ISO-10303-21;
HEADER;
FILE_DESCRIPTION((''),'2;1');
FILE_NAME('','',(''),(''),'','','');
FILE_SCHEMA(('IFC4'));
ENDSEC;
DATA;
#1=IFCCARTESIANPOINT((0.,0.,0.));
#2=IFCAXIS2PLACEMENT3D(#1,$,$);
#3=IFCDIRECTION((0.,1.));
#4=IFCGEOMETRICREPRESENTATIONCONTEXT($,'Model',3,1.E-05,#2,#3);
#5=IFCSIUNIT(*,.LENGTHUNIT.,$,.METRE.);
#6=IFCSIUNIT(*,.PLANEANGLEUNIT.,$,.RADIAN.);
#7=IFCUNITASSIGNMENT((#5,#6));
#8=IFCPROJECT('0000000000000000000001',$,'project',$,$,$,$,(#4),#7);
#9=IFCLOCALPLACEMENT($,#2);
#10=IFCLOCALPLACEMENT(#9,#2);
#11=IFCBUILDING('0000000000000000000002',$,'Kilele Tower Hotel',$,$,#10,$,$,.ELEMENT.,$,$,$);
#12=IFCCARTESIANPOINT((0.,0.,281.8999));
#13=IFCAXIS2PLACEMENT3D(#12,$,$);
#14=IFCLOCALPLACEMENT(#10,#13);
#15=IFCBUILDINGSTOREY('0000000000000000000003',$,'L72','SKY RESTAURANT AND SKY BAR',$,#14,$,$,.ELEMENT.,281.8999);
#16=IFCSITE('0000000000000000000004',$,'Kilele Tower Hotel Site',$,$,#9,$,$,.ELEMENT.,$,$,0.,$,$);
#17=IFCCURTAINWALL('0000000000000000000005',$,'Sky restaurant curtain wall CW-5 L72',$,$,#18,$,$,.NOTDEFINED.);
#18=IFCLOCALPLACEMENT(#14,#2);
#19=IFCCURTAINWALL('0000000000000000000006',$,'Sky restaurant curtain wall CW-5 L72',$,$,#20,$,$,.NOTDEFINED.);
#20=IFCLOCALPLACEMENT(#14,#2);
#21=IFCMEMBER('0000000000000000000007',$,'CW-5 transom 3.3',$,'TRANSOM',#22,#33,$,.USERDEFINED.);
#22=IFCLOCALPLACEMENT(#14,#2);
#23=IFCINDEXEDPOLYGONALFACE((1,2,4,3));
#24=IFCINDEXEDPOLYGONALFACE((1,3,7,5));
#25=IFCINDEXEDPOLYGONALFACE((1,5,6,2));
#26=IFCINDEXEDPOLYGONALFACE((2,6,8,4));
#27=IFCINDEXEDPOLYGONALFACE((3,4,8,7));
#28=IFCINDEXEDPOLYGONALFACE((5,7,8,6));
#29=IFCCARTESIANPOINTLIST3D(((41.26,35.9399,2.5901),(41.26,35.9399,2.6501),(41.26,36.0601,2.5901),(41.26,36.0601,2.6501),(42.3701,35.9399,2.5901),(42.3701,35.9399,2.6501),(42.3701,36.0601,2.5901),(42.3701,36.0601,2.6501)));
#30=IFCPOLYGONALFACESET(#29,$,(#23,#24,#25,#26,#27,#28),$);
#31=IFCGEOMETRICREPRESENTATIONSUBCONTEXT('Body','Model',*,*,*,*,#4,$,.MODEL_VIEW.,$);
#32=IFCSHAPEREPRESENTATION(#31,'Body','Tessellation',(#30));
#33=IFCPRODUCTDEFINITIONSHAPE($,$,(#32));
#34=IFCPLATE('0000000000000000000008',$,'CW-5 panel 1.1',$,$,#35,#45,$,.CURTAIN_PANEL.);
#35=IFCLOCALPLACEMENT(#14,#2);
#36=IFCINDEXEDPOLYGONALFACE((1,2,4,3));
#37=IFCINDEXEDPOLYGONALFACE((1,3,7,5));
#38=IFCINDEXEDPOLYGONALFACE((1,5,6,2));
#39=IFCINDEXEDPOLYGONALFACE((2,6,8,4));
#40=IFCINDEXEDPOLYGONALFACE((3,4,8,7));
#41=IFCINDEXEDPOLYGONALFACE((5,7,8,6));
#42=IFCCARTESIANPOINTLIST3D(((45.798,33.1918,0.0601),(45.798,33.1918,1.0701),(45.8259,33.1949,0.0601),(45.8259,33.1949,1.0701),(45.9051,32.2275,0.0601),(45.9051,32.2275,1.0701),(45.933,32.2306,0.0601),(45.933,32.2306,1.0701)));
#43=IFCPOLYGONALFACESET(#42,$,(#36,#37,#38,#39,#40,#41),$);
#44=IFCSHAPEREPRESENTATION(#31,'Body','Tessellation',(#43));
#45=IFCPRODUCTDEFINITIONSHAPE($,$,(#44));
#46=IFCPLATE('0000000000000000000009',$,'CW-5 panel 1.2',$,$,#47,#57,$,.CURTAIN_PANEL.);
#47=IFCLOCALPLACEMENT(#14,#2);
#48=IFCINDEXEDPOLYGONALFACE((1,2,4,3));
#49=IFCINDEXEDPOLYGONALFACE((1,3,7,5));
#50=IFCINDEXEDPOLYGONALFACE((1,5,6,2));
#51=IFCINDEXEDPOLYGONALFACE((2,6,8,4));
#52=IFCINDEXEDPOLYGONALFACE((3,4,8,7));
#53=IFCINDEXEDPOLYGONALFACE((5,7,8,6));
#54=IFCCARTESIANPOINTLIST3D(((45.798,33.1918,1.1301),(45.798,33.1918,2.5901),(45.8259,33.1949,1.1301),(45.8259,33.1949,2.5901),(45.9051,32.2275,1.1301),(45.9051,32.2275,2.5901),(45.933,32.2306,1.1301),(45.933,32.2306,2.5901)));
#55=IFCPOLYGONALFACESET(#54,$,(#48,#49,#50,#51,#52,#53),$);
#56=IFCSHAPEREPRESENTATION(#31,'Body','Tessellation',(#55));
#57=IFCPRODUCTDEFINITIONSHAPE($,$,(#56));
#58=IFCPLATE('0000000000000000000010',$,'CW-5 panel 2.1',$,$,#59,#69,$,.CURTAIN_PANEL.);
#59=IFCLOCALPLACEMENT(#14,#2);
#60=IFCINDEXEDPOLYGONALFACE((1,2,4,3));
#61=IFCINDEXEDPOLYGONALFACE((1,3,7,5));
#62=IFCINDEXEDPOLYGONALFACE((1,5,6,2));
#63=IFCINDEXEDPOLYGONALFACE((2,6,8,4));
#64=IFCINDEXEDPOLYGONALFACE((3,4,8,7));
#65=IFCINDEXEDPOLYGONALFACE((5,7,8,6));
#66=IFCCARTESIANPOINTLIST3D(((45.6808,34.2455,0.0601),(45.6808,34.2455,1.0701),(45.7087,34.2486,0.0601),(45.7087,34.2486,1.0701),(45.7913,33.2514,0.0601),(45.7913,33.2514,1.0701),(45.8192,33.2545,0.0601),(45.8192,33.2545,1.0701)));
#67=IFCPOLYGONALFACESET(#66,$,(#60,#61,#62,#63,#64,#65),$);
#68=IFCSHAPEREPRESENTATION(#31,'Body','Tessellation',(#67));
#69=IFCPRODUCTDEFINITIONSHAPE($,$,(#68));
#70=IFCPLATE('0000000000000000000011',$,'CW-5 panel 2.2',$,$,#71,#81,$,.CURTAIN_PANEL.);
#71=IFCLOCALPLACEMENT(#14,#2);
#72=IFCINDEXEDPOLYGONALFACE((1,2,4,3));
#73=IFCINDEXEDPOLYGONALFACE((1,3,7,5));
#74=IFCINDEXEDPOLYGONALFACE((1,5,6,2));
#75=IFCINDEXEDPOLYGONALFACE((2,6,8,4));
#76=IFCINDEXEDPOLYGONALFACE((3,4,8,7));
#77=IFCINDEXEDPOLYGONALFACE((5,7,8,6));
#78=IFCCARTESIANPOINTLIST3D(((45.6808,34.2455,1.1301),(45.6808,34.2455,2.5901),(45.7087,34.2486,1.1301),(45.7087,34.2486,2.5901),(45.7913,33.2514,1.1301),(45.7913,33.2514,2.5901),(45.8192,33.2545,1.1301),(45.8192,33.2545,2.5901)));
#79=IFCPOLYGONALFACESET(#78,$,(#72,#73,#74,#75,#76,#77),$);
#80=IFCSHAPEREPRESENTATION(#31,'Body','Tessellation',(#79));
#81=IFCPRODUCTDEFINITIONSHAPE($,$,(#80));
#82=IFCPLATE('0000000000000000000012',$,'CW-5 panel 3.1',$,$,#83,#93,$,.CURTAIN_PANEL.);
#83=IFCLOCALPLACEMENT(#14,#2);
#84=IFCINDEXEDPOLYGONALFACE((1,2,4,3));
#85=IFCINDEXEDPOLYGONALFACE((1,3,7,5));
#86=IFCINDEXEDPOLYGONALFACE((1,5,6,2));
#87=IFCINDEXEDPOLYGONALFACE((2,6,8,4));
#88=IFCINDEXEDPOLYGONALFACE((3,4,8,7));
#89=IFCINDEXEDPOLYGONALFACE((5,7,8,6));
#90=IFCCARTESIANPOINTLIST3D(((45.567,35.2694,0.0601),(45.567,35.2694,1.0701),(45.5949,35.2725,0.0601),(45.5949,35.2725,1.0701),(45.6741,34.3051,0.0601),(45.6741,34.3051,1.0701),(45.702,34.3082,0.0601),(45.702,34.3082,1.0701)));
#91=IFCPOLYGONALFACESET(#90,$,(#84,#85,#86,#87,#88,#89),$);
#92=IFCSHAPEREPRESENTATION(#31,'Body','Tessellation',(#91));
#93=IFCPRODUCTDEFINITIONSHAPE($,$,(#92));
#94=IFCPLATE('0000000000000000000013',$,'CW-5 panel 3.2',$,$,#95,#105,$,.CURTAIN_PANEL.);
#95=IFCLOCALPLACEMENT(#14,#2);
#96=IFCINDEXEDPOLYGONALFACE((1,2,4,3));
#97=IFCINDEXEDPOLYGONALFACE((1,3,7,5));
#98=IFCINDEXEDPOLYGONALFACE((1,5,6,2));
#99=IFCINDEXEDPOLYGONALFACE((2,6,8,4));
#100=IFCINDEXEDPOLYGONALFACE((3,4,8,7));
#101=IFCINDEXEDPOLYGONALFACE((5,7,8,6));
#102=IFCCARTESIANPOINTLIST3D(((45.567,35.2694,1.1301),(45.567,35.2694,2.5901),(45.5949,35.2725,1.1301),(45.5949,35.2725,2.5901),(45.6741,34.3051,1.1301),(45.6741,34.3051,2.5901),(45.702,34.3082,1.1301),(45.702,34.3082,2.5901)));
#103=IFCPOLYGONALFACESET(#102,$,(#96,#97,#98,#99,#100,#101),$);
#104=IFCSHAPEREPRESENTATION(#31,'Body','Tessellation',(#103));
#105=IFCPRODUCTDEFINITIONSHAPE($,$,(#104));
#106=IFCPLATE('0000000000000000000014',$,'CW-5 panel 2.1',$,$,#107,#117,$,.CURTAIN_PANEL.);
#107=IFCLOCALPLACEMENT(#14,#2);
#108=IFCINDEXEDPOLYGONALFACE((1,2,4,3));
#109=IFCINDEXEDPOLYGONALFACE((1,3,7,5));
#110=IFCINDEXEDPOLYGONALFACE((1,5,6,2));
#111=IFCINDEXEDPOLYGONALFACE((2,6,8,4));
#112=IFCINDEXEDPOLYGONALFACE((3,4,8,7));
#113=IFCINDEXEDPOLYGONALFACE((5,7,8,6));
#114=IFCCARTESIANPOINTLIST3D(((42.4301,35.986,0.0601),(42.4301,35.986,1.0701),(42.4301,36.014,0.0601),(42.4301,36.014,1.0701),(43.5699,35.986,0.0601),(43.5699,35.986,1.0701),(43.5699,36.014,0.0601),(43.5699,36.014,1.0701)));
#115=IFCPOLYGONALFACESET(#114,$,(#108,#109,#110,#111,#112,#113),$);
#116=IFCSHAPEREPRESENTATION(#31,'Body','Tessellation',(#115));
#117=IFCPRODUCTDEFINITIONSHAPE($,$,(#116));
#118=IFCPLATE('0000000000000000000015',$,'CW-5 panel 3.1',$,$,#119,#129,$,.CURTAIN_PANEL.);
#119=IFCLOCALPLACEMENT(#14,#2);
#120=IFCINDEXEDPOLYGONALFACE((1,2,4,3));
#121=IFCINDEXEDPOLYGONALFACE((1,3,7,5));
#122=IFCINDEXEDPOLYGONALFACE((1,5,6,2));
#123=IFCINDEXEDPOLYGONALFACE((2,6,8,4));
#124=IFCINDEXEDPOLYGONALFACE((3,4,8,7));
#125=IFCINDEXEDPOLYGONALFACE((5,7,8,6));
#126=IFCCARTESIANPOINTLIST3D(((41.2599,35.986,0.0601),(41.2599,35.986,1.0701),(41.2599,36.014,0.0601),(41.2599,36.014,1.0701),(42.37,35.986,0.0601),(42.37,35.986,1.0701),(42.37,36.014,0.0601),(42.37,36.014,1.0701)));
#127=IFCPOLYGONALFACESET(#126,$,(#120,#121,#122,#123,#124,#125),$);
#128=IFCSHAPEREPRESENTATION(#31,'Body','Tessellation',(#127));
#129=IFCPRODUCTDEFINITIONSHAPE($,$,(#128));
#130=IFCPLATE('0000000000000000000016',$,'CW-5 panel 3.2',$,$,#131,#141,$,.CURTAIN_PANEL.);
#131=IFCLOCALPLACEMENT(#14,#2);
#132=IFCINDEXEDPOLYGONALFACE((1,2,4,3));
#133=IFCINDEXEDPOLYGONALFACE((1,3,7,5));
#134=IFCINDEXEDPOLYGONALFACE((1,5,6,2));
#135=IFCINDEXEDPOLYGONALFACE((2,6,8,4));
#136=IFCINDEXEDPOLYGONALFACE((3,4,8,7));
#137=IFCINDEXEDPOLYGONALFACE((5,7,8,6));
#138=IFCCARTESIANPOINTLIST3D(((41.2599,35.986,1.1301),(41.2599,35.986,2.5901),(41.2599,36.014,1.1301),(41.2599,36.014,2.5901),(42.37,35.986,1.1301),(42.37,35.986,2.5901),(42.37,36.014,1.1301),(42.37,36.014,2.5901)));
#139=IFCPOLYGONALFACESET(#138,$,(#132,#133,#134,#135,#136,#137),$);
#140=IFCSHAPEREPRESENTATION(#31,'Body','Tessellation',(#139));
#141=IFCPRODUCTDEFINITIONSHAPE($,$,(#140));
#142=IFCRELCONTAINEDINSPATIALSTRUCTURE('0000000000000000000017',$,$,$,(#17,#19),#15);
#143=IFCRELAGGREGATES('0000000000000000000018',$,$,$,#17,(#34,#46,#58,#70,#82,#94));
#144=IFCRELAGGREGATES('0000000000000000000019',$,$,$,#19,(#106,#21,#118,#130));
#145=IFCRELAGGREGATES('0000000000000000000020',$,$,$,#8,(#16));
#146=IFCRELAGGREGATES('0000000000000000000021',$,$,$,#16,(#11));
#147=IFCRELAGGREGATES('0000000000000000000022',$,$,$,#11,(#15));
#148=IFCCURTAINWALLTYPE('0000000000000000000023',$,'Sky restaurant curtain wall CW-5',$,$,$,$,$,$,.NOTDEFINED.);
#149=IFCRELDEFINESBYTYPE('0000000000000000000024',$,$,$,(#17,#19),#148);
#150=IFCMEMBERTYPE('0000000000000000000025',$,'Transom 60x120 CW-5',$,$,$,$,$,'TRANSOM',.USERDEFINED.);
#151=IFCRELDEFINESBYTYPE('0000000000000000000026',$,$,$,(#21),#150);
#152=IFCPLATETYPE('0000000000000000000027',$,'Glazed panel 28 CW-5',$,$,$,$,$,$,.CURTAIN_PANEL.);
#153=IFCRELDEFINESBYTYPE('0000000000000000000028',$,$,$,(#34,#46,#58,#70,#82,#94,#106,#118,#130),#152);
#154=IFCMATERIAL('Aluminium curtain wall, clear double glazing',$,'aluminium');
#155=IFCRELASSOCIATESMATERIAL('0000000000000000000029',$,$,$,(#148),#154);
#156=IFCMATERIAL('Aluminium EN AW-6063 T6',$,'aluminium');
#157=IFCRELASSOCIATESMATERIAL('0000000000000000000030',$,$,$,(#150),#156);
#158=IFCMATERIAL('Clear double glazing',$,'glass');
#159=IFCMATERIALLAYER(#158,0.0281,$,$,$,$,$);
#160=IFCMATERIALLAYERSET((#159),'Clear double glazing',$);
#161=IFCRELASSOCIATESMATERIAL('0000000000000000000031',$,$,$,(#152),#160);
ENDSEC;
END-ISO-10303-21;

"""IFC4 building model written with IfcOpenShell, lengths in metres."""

from ifc_helpers import new_model, si_unit, direction, frame, origin, origin_2d, place, context, subcontext, project, spatial, rectangle, extrude, material, layer, layer_set, material_profile, profile_set, type_object, element, aggregate, save


model = new_model("IFC4")

# Units and contexts
model_context = context("Model", 3, precision=1e-05, world=origin(), true_north=direction((0.0, 1.0)))
body_context = subcontext(model_context, "Body", "Model", "MODEL_VIEW")
ifc_project = project(units=[si_unit("LENGTHUNIT", "METRE"), si_unit("PLANEANGLEUNIT", "RADIAN")], contexts=[model_context])

# Site, building, storey
site_placement = place(None, origin())
site = spatial("IfcSite", under=ifc_project, at=site_placement, Name="Kilele Tower Hotel Site", CompositionType="ELEMENT", RefElevation=0.0)
building_placement = place(site_placement, origin())
building = spatial("IfcBuilding", under=site, at=building_placement, Name="Kilele Tower Hotel", CompositionType="ELEMENT")
storey_placement = place(building_placement, frame((0.0, 0.0, 281.8999)))
storey = spatial("IfcBuildingStorey", under=building, at=storey_placement, Name="L72", Description="SKY RESTAURANT AND SKY BAR", CompositionType="ELEMENT", Elevation=281.8999)

# Curtain walls
ifc_material_1 = material(Name="Aluminium curtain wall, clear double glazing", Category="aluminium")
curtain_wall_type = type_object("IfcCurtainWallType", Name="Sky restaurant curtain wall CW-5", PredefinedType="NOTDEFINED", material=ifc_material_1)
curtain_wall_1_placement = place(storey_placement, origin())
curtain_wall_1 = element("IfcCurtainWall", 1, at=curtain_wall_1_placement, inside=storey, type_object=curtain_wall_type, Name="Sky restaurant curtain wall CW-5 L72", PredefinedType="NOTDEFINED")
curtain_wall_2_placement = place(storey_placement, origin())
curtain_wall_2 = element("IfcCurtainWall", 2, at=curtain_wall_2_placement, inside=storey, type_object=curtain_wall_type, Name="Sky restaurant curtain wall CW-5 L72", PredefinedType="NOTDEFINED")

# Member
ifc_material_2 = material(Name="Aluminium EN AW-6063 T6", Category="aluminium")
ifc_material_profile_1 = material_profile(ifc_material_2, rectangle(XDim=0.1201, YDim=0.0601, at=origin_2d()))
ifc_profile_set_1 = profile_set([ifc_material_profile_1], Name="Aluminium EN AW-6063 T6")
member_type_1 = type_object("IfcMemberType", Name="Transom 60x120 CW-5", ElementType="TRANSOM", PredefinedType="USERDEFINED", material=ifc_profile_set_1)
member_1_placement = place(storey_placement, frame((42.3701, 36.0, 2.6201), z_axis=(-1.0, 0.0, 0.0), x_axis=(0.0, -1.0, 0.0)))
member_1 = element("IfcMember", 3, at=member_1_placement, type_object=member_type_1, Name="CW-5 transom 3.3", ObjectType="TRANSOM", PredefinedType="USERDEFINED", context=body_context, shape_type="SweptSolid", body=[
    extrude(rectangle(XDim=0.1201, YDim=0.0601, at=origin_2d()), origin(), (0.0, 0.0, 1.0), 1.1101),
])

# Plates
ifc_material_3 = material(Name="Clear double glazing", Category="glass")
ifc_layer = layer(ifc_material_3, 0.0281)
ifc_layer_set = layer_set([ifc_layer], Name="Clear double glazing")
plate_type = type_object("IfcPlateType", Name="Glazed panel 28 CW-5", PredefinedType="CURTAIN_PANEL", material=ifc_layer_set)
plate_1_placement = place(storey_placement, frame((45.8655, 32.7112, 0.0601), z_axis=(0.0, 0.0, 1.0), x_axis=(-0.110432, 0.993884, 0.0)))
plate_1 = element("IfcPlate", 4, at=plate_1_placement, type_object=plate_type, Name="CW-5 panel 1.1", PredefinedType="CURTAIN_PANEL", context=body_context, shape_type="SweptSolid", body=[
    extrude(rectangle(XDim=0.9702, YDim=0.0281, at=origin_2d()), origin(), (0.0, 0.0, 1.0), 1.01),
])
plate_2_placement = place(storey_placement, frame((45.8655, 32.7112, 1.1301), z_axis=(0.0, 0.0, 1.0), x_axis=(-0.110432, 0.993884, 0.0)))
plate_2 = element("IfcPlate", 5, at=plate_2_placement, type_object=plate_type, Name="CW-5 panel 1.2", PredefinedType="CURTAIN_PANEL", context=body_context, shape_type="SweptSolid", body=[
    extrude(rectangle(XDim=0.9702, YDim=0.0281, at=origin_2d()), origin(), (0.0, 0.0, 1.0), 1.46),
])
plate_3_placement = place(storey_placement, frame((45.75, 33.75, 0.0601), z_axis=(0.0, 0.0, 1.0), x_axis=(-0.110432, 0.993884, 0.0)))
plate_3 = element("IfcPlate", 6, at=plate_3_placement, type_object=plate_type, Name="CW-5 panel 2.1", PredefinedType="CURTAIN_PANEL", context=body_context, shape_type="SweptSolid", body=[
    extrude(rectangle(XDim=1.0002, YDim=0.0281, at=origin_2d()), origin(), (0.0, 0.0, 1.0), 1.01),
])
plate_4_placement = place(storey_placement, frame((45.75, 33.75, 1.1301), z_axis=(0.0, 0.0, 1.0), x_axis=(-0.110432, 0.993884, 0.0)))
plate_4 = element("IfcPlate", 7, at=plate_4_placement, type_object=plate_type, Name="CW-5 panel 2.2", PredefinedType="CURTAIN_PANEL", context=body_context, shape_type="SweptSolid", body=[
    extrude(rectangle(XDim=1.0002, YDim=0.0281, at=origin_2d()), origin(), (0.0, 0.0, 1.0), 1.46),
])
plate_5_placement = place(storey_placement, frame((45.6345, 34.7888, 0.0601), z_axis=(0.0, 0.0, 1.0), x_axis=(-0.110432, 0.993884, 0.0)))
plate_5 = element("IfcPlate", 8, at=plate_5_placement, type_object=plate_type, Name="CW-5 panel 3.1", PredefinedType="CURTAIN_PANEL", context=body_context, shape_type="SweptSolid", body=[
    extrude(rectangle(XDim=0.9702, YDim=0.0281, at=origin_2d()), origin(), (0.0, 0.0, 1.0), 1.01),
])
plate_6_placement = place(storey_placement, frame((45.6345, 34.7888, 1.1301), z_axis=(0.0, 0.0, 1.0), x_axis=(-0.110432, 0.993884, 0.0)))
plate_6 = element("IfcPlate", 9, at=plate_6_placement, type_object=plate_type, Name="CW-5 panel 3.2", PredefinedType="CURTAIN_PANEL", context=body_context, shape_type="SweptSolid", body=[
    extrude(rectangle(XDim=0.9702, YDim=0.0281, at=origin_2d()), origin(), (0.0, 0.0, 1.0), 1.46),
])
aggregate(curtain_wall_1, [plate_1, plate_2, plate_3, plate_4, plate_5, plate_6])
plate_7_placement = place(storey_placement, frame((43.0, 36.0, 0.0601), z_axis=(0.0, 0.0, 1.0), x_axis=(-1.0, 0.0, 0.0)))
plate_7 = element("IfcPlate", 10, at=plate_7_placement, type_object=plate_type, Name="CW-5 panel 2.1", PredefinedType="CURTAIN_PANEL", context=body_context, shape_type="SweptSolid", body=[
    extrude(rectangle(XDim=1.1399, YDim=0.0281, at=origin_2d()), origin(), (0.0, 0.0, 1.0), 1.01),
])
plate_8_placement = place(storey_placement, frame((41.8149, 36.0, 0.0601), z_axis=(0.0, 0.0, 1.0), x_axis=(-1.0, 0.0, 0.0)))
plate_8 = element("IfcPlate", 11, at=plate_8_placement, type_object=plate_type, Name="CW-5 panel 3.1", PredefinedType="CURTAIN_PANEL", context=body_context, shape_type="SweptSolid", body=[
    extrude(rectangle(XDim=1.1101, YDim=0.0281, at=origin_2d()), origin(), (0.0, 0.0, 1.0), 1.01),
])
plate_9_placement = place(storey_placement, frame((41.8149, 36.0, 1.1301), z_axis=(0.0, 0.0, 1.0), x_axis=(-1.0, 0.0, 0.0)))
plate_9 = element("IfcPlate", 12, at=plate_9_placement, type_object=plate_type, Name="CW-5 panel 3.2", PredefinedType="CURTAIN_PANEL", context=body_context, shape_type="SweptSolid", body=[
    extrude(rectangle(XDim=1.1101, YDim=0.0281, at=origin_2d()), origin(), (0.0, 0.0, 1.0), 1.46),
])
aggregate(curtain_wall_2, [plate_7, member_1, plate_8, plate_9])

save(model, "model.ifc")
